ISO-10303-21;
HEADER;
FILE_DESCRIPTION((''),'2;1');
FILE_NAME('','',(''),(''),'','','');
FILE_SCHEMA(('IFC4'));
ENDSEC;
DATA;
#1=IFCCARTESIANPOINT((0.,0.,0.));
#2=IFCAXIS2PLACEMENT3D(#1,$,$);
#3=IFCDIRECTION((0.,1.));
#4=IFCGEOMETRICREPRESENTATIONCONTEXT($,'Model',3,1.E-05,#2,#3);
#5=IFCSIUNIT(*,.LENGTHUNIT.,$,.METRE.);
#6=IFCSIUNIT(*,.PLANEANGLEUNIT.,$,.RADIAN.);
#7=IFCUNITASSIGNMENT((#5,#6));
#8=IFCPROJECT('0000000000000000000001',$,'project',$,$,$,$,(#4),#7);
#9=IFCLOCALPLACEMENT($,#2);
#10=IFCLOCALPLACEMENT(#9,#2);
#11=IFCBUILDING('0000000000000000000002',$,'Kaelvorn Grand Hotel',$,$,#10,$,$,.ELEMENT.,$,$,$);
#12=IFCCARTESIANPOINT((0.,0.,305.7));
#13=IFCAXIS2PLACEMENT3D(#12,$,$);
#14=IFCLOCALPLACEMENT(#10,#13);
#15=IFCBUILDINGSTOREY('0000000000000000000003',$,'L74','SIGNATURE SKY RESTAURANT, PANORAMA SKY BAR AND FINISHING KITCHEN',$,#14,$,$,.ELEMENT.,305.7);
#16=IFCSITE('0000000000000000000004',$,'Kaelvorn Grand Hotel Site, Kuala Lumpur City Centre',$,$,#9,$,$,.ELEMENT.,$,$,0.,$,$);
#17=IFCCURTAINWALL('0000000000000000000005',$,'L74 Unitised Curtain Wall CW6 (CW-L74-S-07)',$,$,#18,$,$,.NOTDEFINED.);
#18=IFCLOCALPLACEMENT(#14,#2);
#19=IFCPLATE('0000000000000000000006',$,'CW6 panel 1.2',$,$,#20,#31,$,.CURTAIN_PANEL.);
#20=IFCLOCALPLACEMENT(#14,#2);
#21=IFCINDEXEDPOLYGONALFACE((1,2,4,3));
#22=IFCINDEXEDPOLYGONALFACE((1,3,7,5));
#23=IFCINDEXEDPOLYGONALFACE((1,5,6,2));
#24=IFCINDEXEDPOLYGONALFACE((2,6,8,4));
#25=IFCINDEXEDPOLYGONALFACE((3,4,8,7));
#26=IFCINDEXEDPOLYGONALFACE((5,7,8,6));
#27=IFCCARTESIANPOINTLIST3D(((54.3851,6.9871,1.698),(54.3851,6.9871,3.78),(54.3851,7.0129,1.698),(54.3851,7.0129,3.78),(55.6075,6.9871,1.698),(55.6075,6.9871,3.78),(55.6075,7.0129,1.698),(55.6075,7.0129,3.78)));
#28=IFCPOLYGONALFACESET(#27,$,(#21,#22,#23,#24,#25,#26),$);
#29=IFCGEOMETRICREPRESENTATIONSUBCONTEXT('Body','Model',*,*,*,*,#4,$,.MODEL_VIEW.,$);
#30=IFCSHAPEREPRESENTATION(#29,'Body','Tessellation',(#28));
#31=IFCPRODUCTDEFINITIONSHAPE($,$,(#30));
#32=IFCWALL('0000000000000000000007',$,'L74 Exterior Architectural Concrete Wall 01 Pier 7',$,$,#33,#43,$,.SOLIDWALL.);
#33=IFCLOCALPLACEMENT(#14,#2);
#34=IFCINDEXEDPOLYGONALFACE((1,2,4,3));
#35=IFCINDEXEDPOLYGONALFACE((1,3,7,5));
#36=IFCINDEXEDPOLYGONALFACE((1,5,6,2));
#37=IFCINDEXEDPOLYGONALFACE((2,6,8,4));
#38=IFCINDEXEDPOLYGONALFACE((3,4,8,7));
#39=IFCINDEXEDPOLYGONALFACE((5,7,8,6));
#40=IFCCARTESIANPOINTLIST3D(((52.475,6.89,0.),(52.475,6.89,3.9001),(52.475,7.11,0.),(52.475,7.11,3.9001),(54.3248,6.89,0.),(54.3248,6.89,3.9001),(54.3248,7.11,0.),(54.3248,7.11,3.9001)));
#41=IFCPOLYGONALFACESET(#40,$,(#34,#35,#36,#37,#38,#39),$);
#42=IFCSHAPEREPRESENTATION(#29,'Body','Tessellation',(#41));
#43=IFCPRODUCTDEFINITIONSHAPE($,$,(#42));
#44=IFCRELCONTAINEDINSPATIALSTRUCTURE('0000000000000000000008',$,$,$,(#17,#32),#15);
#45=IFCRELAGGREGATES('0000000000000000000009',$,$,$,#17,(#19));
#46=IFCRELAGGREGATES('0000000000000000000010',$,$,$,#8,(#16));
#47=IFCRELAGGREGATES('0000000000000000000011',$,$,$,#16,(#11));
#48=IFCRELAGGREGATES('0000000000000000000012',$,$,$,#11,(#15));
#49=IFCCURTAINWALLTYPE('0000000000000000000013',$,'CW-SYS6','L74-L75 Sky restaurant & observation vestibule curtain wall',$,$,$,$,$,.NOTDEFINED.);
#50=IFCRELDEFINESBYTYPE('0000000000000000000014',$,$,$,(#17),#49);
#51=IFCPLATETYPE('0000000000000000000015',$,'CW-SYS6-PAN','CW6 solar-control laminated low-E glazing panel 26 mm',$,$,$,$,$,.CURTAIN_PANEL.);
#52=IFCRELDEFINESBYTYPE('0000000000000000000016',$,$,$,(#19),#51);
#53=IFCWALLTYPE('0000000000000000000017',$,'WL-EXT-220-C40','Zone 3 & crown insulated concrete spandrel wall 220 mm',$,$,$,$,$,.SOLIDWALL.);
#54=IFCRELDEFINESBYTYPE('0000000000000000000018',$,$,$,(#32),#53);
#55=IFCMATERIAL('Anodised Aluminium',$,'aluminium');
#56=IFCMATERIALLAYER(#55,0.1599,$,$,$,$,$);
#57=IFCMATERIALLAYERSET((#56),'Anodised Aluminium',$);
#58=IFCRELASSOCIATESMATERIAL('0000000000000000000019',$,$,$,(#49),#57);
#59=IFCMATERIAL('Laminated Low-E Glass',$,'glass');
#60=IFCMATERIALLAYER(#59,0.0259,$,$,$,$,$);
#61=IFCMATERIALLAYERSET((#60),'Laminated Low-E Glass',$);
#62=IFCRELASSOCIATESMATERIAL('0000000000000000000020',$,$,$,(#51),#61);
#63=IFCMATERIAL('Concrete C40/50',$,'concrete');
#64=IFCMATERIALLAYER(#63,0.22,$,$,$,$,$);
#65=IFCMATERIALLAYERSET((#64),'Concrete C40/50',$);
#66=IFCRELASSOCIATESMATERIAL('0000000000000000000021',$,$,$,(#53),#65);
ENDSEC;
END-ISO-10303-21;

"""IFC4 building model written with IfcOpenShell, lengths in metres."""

from ifc_helpers import new_model, si_unit, direction, frame, frame_2d, origin, origin_2d, place, context, subcontext, project, spatial, rectangle, extrude, material, layer, layer_set, type_object, element, aggregate, save


model = new_model("IFC4")

# Units and contexts
model_context = context("Model", 3, precision=1e-05, world=origin(), true_north=direction((0.0, 1.0)))
body_context = subcontext(model_context, "Body", "Model", "MODEL_VIEW")
ifc_project = project(units=[si_unit("LENGTHUNIT", "METRE"), si_unit("PLANEANGLEUNIT", "RADIAN")], contexts=[model_context])

# Site, building, storey
site_placement = place(None, origin())
site = spatial("IfcSite", under=ifc_project, at=site_placement, Name="Kaelvorn Grand Hotel Site, Kuala Lumpur City Centre", CompositionType="ELEMENT", RefElevation=0.0)
building_placement = place(site_placement, origin())
building = spatial("IfcBuilding", under=site, at=building_placement, Name="Kaelvorn Grand Hotel", CompositionType="ELEMENT")
storey_placement = place(building_placement, frame((0.0, 0.0, 305.7)))
storey = spatial("IfcBuildingStorey", under=building, at=storey_placement, Name="L74", Description="SIGNATURE SKY RESTAURANT, PANORAMA SKY BAR AND FINISHING KITCHEN", CompositionType="ELEMENT", Elevation=305.7)

# Curtain wall
ifc_material_1 = material(Name="Anodised Aluminium", Category="aluminium")
ifc_layer_1 = layer(ifc_material_1, 0.1599)
ifc_layer_set_1 = layer_set([ifc_layer_1], Name="Anodised Aluminium")
curtain_wall_type = type_object("IfcCurtainWallType", Name="CW-SYS6", Description="L74-L75 Sky restaurant & observation vestibule curtain wall", PredefinedType="NOTDEFINED", material=ifc_layer_set_1)
curtain_wall_1_placement = place(storey_placement, origin())
curtain_wall_1 = element("IfcCurtainWall", 1, at=curtain_wall_1_placement, inside=storey, type_object=curtain_wall_type, Name="L74 Unitised Curtain Wall CW6 (CW-L74-S-07)", PredefinedType="NOTDEFINED")

# Plate
ifc_material_2 = material(Name="Laminated Low-E Glass", Category="glass")
ifc_layer_2 = layer(ifc_material_2, 0.0259)
ifc_layer_set_2 = layer_set([ifc_layer_2], Name="Laminated Low-E Glass")
plate_type = type_object("IfcPlateType", Name="CW-SYS6-PAN", Description="CW6 solar-control laminated low-E glazing panel 26 mm", PredefinedType="CURTAIN_PANEL", material=ifc_layer_set_2)
plate_1_placement = place(storey_placement, frame((54.9963, 7.0, 1.698), z_axis=(0.0, 0.0, 1.0), x_axis=(1.0, 0.0, 0.0)))
plate_1 = element("IfcPlate", 2, at=plate_1_placement, type_object=plate_type, Name="CW6 panel 1.2", PredefinedType="CURTAIN_PANEL", context=body_context, shape_type="SweptSolid", body=[
    extrude(rectangle(XDim=1.2224, YDim=0.0259, at=origin_2d()), origin(), (0.0, 0.0, 1.0), 2.082),
])
aggregate(curtain_wall_1, [plate_1])

# Wall
ifc_material_3 = material(Name="Concrete C40/50", Category="concrete")
ifc_layer_3 = layer(ifc_material_3, 0.22)
ifc_layer_set_3 = layer_set([ifc_layer_3], Name="Concrete C40/50")
wall_type = type_object("IfcWallType", Name="WL-EXT-220-C40", Description="Zone 3 & crown insulated concrete spandrel wall 220 mm", PredefinedType="SOLIDWALL", material=ifc_layer_set_3)
wall_placement = place(storey_placement, frame((52.4751, 7.0, 0.0), z_axis=(0.0, 0.0, 1.0), x_axis=(1.0, 0.0, 0.0)))
element("IfcWall", 3, at=wall_placement, inside=storey, type_object=wall_type, Name="L74 Exterior Architectural Concrete Wall 01 Pier 7", PredefinedType="SOLIDWALL", context=body_context, shape_type="SweptSolid", body=[
    extrude(rectangle(XDim=1.8499, YDim=0.22, at=frame_2d((0.9248, 0.0))), origin(), (0.0, 0.0, 1.0), 3.9001),
])

save(model, "model.ifc")
